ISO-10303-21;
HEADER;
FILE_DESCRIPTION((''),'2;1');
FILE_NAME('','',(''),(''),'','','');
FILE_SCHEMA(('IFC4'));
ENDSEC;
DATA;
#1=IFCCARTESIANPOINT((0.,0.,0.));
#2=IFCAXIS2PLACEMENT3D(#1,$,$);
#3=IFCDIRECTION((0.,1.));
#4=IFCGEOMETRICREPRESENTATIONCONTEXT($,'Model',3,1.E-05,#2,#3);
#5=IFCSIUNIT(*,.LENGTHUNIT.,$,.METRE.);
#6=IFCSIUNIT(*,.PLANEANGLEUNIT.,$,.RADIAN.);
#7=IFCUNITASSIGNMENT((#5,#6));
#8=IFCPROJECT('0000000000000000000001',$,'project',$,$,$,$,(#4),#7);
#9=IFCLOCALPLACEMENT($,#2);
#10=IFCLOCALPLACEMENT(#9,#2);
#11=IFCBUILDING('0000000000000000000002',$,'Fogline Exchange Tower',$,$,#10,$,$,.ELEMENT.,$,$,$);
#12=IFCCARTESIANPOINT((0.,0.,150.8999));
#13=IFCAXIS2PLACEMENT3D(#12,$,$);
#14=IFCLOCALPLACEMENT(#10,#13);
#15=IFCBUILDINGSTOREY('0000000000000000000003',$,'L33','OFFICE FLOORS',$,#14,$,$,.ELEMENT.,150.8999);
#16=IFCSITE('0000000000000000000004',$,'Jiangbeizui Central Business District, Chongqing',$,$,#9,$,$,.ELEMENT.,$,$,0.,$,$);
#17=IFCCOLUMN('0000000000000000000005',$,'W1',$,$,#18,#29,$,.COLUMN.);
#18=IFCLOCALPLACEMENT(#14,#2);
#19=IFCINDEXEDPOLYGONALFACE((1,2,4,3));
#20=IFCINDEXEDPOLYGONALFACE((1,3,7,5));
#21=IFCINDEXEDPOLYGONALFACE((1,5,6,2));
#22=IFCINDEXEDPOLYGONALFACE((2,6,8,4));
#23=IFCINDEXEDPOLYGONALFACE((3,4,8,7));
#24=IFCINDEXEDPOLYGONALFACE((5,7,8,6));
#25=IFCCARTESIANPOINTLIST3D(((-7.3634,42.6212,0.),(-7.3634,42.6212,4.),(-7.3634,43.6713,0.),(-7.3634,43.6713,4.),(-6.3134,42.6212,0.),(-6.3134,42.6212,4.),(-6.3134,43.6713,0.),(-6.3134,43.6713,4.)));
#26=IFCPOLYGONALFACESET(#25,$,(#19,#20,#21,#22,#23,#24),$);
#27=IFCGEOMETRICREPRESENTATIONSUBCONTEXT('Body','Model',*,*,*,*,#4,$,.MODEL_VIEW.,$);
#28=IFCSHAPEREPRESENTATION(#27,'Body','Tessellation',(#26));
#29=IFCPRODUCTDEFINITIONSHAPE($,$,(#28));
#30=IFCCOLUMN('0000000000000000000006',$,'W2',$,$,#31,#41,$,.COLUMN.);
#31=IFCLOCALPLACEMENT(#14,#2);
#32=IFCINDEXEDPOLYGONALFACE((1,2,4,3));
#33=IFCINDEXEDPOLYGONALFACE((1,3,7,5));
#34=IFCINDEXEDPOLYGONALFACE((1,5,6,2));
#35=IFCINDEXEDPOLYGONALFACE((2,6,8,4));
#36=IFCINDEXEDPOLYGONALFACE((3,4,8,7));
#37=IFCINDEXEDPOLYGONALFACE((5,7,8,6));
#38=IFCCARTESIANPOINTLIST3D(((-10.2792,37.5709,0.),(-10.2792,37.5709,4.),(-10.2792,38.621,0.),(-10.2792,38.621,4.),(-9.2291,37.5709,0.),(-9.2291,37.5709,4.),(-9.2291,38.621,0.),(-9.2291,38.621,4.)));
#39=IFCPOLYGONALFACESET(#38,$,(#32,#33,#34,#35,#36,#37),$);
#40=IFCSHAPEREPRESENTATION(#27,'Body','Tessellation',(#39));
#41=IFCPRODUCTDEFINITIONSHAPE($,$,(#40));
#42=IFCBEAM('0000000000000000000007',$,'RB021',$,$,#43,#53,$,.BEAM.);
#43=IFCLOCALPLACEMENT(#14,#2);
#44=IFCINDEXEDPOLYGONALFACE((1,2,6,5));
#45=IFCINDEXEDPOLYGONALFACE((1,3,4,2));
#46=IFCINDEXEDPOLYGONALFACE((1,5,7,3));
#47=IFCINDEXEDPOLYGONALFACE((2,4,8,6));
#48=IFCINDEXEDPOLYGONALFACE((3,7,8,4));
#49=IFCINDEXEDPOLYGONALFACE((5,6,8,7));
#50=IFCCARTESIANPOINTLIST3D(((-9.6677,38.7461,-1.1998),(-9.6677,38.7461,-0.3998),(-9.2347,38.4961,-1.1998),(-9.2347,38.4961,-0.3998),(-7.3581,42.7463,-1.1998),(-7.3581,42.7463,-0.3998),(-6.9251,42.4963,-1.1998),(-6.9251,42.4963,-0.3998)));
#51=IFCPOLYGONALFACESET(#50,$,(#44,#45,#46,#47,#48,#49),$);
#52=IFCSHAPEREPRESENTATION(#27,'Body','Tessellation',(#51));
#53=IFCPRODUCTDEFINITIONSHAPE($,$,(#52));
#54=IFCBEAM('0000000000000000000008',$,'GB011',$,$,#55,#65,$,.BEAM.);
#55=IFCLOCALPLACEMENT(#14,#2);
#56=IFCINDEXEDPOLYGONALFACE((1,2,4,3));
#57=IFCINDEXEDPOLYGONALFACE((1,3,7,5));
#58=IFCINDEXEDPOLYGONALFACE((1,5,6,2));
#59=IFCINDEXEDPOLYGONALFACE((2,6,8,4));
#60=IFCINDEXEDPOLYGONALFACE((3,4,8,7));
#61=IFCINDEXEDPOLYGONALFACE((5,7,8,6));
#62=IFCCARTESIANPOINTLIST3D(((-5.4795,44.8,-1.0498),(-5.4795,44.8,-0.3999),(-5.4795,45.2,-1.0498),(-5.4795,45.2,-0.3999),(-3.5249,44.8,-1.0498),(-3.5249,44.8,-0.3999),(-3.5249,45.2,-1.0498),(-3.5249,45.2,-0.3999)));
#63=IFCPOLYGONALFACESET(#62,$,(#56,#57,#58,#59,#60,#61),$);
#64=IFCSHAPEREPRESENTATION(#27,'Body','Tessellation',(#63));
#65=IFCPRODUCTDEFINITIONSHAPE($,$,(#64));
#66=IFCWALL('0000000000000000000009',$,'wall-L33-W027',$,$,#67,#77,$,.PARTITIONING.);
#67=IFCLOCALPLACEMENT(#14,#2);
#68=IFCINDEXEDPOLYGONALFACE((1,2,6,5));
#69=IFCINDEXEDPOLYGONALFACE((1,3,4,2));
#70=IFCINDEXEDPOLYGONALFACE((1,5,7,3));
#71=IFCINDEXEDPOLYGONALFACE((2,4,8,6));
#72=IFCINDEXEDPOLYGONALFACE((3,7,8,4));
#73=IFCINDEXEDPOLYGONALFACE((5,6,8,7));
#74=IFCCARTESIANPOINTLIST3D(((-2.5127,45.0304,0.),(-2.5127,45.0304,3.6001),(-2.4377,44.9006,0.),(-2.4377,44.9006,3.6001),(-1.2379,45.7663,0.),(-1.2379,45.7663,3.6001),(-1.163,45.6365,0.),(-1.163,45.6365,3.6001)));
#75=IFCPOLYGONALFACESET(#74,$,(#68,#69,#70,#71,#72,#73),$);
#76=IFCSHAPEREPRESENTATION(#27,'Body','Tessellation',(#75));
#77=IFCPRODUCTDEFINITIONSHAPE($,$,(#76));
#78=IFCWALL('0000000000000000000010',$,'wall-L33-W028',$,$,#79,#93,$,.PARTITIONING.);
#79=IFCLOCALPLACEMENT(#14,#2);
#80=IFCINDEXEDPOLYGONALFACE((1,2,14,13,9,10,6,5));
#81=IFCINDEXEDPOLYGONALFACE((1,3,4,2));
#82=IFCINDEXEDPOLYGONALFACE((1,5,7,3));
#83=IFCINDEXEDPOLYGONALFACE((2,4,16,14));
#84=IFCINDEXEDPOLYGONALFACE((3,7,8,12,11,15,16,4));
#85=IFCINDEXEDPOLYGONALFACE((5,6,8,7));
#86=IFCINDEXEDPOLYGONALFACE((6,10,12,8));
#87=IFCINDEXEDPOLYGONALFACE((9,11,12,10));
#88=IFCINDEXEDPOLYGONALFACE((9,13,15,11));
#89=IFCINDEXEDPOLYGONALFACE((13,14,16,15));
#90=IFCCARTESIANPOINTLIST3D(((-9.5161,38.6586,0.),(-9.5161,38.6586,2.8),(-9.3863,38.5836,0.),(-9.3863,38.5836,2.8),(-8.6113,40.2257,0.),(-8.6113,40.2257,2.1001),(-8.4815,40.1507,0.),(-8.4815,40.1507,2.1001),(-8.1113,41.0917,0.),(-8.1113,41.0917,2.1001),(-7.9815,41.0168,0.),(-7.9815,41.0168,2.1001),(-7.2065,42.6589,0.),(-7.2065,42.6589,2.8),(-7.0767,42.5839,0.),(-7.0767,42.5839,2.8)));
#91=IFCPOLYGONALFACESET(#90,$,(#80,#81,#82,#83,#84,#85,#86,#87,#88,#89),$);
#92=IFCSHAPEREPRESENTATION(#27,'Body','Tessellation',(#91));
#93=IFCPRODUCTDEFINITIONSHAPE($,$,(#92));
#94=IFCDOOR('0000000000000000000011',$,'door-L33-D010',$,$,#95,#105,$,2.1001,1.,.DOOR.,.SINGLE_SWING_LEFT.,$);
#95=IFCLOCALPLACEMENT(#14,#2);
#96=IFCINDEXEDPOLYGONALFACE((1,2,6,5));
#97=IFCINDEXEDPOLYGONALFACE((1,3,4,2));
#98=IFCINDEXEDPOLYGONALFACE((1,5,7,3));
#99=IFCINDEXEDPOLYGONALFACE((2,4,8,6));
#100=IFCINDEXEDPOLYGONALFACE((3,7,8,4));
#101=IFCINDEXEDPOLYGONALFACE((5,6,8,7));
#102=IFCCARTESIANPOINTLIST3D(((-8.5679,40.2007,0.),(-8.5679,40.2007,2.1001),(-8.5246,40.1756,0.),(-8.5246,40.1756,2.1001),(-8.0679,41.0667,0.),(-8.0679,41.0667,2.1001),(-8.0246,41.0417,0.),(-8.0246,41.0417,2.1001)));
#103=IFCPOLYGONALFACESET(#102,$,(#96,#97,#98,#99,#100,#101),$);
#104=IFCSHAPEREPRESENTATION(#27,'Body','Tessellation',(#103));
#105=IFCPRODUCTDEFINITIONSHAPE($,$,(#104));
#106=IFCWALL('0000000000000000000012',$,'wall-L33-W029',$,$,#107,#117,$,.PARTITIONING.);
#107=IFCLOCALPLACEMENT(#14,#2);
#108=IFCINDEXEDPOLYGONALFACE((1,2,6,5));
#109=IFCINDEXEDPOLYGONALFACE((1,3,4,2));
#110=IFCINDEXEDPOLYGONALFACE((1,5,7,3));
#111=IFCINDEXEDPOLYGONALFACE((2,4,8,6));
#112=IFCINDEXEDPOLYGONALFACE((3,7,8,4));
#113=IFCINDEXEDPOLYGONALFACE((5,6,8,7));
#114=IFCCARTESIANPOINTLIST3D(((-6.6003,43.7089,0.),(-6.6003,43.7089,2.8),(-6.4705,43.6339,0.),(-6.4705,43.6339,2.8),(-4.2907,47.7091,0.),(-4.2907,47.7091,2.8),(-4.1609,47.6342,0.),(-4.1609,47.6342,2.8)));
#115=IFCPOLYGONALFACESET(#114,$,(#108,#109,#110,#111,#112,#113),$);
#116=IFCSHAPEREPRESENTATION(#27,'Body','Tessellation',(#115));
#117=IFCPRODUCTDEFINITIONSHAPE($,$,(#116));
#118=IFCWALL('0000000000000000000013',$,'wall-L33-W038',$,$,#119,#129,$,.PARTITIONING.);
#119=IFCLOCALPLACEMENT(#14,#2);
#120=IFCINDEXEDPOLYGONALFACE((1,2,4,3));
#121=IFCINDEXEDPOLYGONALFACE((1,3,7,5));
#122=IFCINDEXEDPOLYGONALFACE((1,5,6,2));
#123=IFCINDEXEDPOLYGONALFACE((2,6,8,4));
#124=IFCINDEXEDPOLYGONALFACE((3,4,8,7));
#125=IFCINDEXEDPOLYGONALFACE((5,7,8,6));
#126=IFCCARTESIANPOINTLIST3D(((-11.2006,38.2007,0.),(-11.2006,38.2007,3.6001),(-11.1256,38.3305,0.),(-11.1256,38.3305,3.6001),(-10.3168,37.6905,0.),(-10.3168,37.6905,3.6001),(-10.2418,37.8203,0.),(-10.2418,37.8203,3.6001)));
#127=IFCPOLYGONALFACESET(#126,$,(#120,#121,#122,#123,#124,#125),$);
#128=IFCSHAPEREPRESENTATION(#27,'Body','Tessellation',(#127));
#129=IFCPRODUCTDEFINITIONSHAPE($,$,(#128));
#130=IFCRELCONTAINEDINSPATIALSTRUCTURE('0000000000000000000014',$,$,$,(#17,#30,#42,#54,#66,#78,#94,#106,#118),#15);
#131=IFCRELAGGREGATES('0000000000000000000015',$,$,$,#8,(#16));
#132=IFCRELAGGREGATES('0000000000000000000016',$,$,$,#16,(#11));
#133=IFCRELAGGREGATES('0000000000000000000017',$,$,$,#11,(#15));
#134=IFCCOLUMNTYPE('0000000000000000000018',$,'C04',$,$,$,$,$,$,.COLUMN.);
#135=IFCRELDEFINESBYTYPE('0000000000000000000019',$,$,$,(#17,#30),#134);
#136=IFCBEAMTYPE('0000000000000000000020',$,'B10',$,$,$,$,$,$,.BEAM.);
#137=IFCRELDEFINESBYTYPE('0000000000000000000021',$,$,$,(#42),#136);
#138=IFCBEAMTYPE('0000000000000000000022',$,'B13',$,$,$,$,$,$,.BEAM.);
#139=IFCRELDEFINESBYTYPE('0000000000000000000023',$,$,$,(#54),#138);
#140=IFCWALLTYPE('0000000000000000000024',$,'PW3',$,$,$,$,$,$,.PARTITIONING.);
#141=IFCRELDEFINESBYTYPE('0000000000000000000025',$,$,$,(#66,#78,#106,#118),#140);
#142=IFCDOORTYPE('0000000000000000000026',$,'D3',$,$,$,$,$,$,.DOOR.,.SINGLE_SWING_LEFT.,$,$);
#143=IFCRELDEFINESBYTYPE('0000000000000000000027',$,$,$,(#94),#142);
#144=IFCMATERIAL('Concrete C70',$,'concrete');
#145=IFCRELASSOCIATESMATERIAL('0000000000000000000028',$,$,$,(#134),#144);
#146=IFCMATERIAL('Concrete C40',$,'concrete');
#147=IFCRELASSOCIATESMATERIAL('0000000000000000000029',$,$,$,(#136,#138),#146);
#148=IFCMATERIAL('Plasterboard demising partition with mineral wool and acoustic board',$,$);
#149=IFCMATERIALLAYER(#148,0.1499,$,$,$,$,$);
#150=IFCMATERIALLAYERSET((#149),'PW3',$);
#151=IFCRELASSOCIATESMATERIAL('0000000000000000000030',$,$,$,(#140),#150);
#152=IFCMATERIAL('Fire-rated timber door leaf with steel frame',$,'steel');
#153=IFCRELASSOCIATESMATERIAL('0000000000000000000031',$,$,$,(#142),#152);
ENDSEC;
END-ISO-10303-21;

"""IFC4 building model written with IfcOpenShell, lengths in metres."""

from ifc_helpers import new_model, si_unit, direction, frame, frame_2d, origin, origin_2d, place, context, subcontext, project, spatial, rectangle, extrude, material, layer, layer_set, material_profile, profile_set, type_object, element, fill, save


model = new_model("IFC4")

# Units and contexts
model_context = context("Model", 3, precision=1e-05, world=origin(), true_north=direction((0.0, 1.0)))
body_context = subcontext(model_context, "Body", "Model", "MODEL_VIEW")
ifc_project = project(units=[si_unit("LENGTHUNIT", "METRE"), si_unit("PLANEANGLEUNIT", "RADIAN")], contexts=[model_context])

# Site, building, storey
site_placement = place(None, origin())
site = spatial("IfcSite", under=ifc_project, at=site_placement, Name="Jiangbeizui Central Business District, Chongqing", CompositionType="ELEMENT", RefElevation=0.0)
building_placement = place(site_placement, origin())
building = spatial("IfcBuilding", under=site, at=building_placement, Name="Fogline Exchange Tower", CompositionType="ELEMENT")
storey_placement = place(building_placement, frame((0.0, 0.0, 150.8999)))
storey = spatial("IfcBuildingStorey", under=building, at=storey_placement, Name="L33", Description="OFFICE FLOORS", CompositionType="ELEMENT", Elevation=150.8999)

# Columns
ifc_material_1 = material(Name="Concrete C70", Category="concrete")
ifc_material_profile_1 = material_profile(ifc_material_1, rectangle(XDim=1.05, YDim=1.05, at=origin_2d()), Name="RC 1050x1050")
ifc_profile_set_1 = profile_set([ifc_material_profile_1], Name="Concrete C70")
column_type = type_object("IfcColumnType", Name="C04", PredefinedType="COLUMN", material=ifc_profile_set_1)
for number, where, z_axis, x_axis, name in (
    (1, (-6.8384, 43.1462, 0.0), (0.0, 0.0, 1.0), (1.0, 0.0, 0.0), "W1"),
    (2, (-9.7542, 38.0959, 0.0), (0.0, 0.0, 1.0), (1.0, 0.0, 0.0), "W2"),
):
    element("IfcColumn", number, at=place(storey_placement, frame(where, z_axis=z_axis, x_axis=x_axis)), inside=storey, type_object=column_type, Name=name, PredefinedType="COLUMN", context=body_context, shape_type="SweptSolid", body=[
        extrude(rectangle(XDim=1.05, YDim=1.05, at=origin_2d()), origin(), (0.0, 0.0, 1.0), 4.0),
    ])

# Beams
ifc_material_2 = material(Name="Concrete C40", Category="concrete")
ifc_material_profile_2 = material_profile(ifc_material_2, rectangle(XDim=0.5, YDim=0.8, at=origin_2d()), Name="RC 500x800")
ifc_profile_set_2 = profile_set([ifc_material_profile_2], Name="Concrete C40")
beam_type_1 = type_object("IfcBeamType", Name="B10", PredefinedType="BEAM", material=ifc_profile_set_2)
beam_1_placement = place(storey_placement, frame((-7.1416, 42.6213, -0.7998), z_axis=(-0.500005, -0.866023, 0.0), x_axis=(0.866023, -0.500005, 0.0)))
element("IfcBeam", 3, at=beam_1_placement, inside=storey, type_object=beam_type_1, Name="RB021", PredefinedType="BEAM", context=body_context, shape_type="SweptSolid", body=[
    extrude(rectangle(XDim=0.5, YDim=0.8, at=origin_2d()), origin(), (0.0, 0.0, 1.0), 4.6191),
])
ifc_material_profile_3 = material_profile(ifc_material_2, rectangle(XDim=0.3999, YDim=0.6499, at=origin_2d()), Name="RC 400x650")
ifc_profile_set_3 = profile_set([ifc_material_profile_3], Name="Concrete C40")
beam_type_2 = type_object("IfcBeamType", Name="B13", PredefinedType="BEAM", material=ifc_profile_set_3)
beam_2_placement = place(storey_placement, frame((-5.4795, 45.0, -0.7249), z_axis=(1.0, 0.0, 0.0), x_axis=(0.0, 1.0, 0.0)))
element("IfcBeam", 4, at=beam_2_placement, inside=storey, type_object=beam_type_2, Name="GB011", PredefinedType="BEAM", context=body_context, shape_type="SweptSolid", body=[
    extrude(rectangle(XDim=0.3999, YDim=0.6499, at=origin_2d()), origin(), (0.0, 0.0, 1.0), 1.9546),
])

# Wall
ifc_material_3 = material(Name="Plasterboard demising partition with mineral wool and acoustic board")
ifc_layer = layer(ifc_material_3, 0.1499)
ifc_layer_set = layer_set([ifc_layer], Name="PW3")
wall_type = type_object("IfcWallType", Name="PW3", PredefinedType="PARTITIONING", material=ifc_layer_set)
wall_1_placement = place(storey_placement, frame((-2.4751, 44.9656, 0.0), z_axis=(0.0, 0.0, 1.0), x_axis=(0.86605, 0.499957, 0.0)))
element("IfcWall", 5, at=wall_1_placement, inside=storey, type_object=wall_type, Name="wall-L33-W027", PredefinedType="PARTITIONING", context=body_context, shape_type="SweptSolid", body=[
    extrude(rectangle(XDim=1.4719, YDim=0.1499, at=frame_2d((0.7358, 0.0))), origin(), (0.0, 0.0, 1.0), 3.6001),
])

# Wall, opening, door
wall_2_placement = place(storey_placement, frame((-9.4512, 38.6211, 0.0), z_axis=(0.0, 0.0, 1.0), x_axis=(0.500005, 0.866023, 0.0)))
wall_2 = element("IfcWall", 6, at=wall_2_placement, inside=storey, type_object=wall_type, Name="wall-L33-W028", PredefinedType="PARTITIONING", context=body_context, shape_type="SweptSolid", body=[
    extrude(rectangle(XDim=4.6191, YDim=0.1499, at=frame_2d((2.3096, 0.0))), origin(), (0.0, 0.0, 1.0), 2.8),
])
opening_placement = place(wall_2_placement, frame((1.8096, 0.0, 0.0)))
opening = element("IfcOpeningElement", 7, at=opening_placement, cuts=wall_2, PredefinedType="OPENING", context=body_context, shape_type="SweptSolid", body=[
    extrude(rectangle(XDim=1.0, YDim=2.1001, at=frame_2d((0.5, 1.05))), frame((0.0, 0.085, 0.0), z_axis=(0.0, -1.0, 0.0), x_axis=(1.0, 0.0, 0.0)), (0.0, 0.0, 1.0), 0.1699),
])
ifc_material_4 = material(Name="Fire-rated timber door leaf with steel frame", Category="steel")
door_type = type_object("IfcDoorType", Name="D3", OperationType="SINGLE_SWING_LEFT", PredefinedType="DOOR", material=ifc_material_4)
door_placement = place(opening_placement, origin())
door = element("IfcDoor", 8, at=door_placement, inside=storey, type_object=door_type, Name="door-L33-D010", OperationType="SINGLE_SWING_LEFT", OverallHeight=2.1001, OverallWidth=1.0, PredefinedType="DOOR", context=body_context, shape_type="SweptSolid", body=[
    extrude(rectangle(XDim=1.0, YDim=2.1001, at=frame_2d((0.5, 1.05))), frame((0.0, 0.0249, 0.0), z_axis=(0.0, -1.0, 0.0), x_axis=(1.0, 0.0, 0.0)), (0.0, 0.0, 1.0), 0.05),
])
fill(opening, door)

# Walls
wall_3_placement = place(storey_placement, frame((-6.5354, 43.6714, 0.0), z_axis=(0.0, 0.0, 1.0), x_axis=(0.500005, 0.866023, 0.0)))
element("IfcWall", 9, at=wall_3_placement, inside=storey, type_object=wall_type, Name="wall-L33-W029", PredefinedType="PARTITIONING", context=body_context, shape_type="SweptSolid", body=[
    extrude(rectangle(XDim=4.6191, YDim=0.1499, at=frame_2d((2.3096, 0.0))), origin(), (0.0, 0.0, 1.0), 2.8),
])
wall_4_placement = place(storey_placement, frame((-10.2793, 37.7554, 0.0), z_axis=(0.0, 0.0, 1.0), x_axis=(-0.866026, 0.499999, 0.0)))
element("IfcWall", 10, at=wall_4_placement, inside=storey, type_object=wall_type, Name="wall-L33-W038", PredefinedType="PARTITIONING", context=body_context, shape_type="SweptSolid", body=[
    extrude(rectangle(XDim=1.0205, YDim=0.1499, at=frame_2d((0.5103, 0.0))), origin(), (0.0, 0.0, 1.0), 3.6001),
])

save(model, "model.ifc")
